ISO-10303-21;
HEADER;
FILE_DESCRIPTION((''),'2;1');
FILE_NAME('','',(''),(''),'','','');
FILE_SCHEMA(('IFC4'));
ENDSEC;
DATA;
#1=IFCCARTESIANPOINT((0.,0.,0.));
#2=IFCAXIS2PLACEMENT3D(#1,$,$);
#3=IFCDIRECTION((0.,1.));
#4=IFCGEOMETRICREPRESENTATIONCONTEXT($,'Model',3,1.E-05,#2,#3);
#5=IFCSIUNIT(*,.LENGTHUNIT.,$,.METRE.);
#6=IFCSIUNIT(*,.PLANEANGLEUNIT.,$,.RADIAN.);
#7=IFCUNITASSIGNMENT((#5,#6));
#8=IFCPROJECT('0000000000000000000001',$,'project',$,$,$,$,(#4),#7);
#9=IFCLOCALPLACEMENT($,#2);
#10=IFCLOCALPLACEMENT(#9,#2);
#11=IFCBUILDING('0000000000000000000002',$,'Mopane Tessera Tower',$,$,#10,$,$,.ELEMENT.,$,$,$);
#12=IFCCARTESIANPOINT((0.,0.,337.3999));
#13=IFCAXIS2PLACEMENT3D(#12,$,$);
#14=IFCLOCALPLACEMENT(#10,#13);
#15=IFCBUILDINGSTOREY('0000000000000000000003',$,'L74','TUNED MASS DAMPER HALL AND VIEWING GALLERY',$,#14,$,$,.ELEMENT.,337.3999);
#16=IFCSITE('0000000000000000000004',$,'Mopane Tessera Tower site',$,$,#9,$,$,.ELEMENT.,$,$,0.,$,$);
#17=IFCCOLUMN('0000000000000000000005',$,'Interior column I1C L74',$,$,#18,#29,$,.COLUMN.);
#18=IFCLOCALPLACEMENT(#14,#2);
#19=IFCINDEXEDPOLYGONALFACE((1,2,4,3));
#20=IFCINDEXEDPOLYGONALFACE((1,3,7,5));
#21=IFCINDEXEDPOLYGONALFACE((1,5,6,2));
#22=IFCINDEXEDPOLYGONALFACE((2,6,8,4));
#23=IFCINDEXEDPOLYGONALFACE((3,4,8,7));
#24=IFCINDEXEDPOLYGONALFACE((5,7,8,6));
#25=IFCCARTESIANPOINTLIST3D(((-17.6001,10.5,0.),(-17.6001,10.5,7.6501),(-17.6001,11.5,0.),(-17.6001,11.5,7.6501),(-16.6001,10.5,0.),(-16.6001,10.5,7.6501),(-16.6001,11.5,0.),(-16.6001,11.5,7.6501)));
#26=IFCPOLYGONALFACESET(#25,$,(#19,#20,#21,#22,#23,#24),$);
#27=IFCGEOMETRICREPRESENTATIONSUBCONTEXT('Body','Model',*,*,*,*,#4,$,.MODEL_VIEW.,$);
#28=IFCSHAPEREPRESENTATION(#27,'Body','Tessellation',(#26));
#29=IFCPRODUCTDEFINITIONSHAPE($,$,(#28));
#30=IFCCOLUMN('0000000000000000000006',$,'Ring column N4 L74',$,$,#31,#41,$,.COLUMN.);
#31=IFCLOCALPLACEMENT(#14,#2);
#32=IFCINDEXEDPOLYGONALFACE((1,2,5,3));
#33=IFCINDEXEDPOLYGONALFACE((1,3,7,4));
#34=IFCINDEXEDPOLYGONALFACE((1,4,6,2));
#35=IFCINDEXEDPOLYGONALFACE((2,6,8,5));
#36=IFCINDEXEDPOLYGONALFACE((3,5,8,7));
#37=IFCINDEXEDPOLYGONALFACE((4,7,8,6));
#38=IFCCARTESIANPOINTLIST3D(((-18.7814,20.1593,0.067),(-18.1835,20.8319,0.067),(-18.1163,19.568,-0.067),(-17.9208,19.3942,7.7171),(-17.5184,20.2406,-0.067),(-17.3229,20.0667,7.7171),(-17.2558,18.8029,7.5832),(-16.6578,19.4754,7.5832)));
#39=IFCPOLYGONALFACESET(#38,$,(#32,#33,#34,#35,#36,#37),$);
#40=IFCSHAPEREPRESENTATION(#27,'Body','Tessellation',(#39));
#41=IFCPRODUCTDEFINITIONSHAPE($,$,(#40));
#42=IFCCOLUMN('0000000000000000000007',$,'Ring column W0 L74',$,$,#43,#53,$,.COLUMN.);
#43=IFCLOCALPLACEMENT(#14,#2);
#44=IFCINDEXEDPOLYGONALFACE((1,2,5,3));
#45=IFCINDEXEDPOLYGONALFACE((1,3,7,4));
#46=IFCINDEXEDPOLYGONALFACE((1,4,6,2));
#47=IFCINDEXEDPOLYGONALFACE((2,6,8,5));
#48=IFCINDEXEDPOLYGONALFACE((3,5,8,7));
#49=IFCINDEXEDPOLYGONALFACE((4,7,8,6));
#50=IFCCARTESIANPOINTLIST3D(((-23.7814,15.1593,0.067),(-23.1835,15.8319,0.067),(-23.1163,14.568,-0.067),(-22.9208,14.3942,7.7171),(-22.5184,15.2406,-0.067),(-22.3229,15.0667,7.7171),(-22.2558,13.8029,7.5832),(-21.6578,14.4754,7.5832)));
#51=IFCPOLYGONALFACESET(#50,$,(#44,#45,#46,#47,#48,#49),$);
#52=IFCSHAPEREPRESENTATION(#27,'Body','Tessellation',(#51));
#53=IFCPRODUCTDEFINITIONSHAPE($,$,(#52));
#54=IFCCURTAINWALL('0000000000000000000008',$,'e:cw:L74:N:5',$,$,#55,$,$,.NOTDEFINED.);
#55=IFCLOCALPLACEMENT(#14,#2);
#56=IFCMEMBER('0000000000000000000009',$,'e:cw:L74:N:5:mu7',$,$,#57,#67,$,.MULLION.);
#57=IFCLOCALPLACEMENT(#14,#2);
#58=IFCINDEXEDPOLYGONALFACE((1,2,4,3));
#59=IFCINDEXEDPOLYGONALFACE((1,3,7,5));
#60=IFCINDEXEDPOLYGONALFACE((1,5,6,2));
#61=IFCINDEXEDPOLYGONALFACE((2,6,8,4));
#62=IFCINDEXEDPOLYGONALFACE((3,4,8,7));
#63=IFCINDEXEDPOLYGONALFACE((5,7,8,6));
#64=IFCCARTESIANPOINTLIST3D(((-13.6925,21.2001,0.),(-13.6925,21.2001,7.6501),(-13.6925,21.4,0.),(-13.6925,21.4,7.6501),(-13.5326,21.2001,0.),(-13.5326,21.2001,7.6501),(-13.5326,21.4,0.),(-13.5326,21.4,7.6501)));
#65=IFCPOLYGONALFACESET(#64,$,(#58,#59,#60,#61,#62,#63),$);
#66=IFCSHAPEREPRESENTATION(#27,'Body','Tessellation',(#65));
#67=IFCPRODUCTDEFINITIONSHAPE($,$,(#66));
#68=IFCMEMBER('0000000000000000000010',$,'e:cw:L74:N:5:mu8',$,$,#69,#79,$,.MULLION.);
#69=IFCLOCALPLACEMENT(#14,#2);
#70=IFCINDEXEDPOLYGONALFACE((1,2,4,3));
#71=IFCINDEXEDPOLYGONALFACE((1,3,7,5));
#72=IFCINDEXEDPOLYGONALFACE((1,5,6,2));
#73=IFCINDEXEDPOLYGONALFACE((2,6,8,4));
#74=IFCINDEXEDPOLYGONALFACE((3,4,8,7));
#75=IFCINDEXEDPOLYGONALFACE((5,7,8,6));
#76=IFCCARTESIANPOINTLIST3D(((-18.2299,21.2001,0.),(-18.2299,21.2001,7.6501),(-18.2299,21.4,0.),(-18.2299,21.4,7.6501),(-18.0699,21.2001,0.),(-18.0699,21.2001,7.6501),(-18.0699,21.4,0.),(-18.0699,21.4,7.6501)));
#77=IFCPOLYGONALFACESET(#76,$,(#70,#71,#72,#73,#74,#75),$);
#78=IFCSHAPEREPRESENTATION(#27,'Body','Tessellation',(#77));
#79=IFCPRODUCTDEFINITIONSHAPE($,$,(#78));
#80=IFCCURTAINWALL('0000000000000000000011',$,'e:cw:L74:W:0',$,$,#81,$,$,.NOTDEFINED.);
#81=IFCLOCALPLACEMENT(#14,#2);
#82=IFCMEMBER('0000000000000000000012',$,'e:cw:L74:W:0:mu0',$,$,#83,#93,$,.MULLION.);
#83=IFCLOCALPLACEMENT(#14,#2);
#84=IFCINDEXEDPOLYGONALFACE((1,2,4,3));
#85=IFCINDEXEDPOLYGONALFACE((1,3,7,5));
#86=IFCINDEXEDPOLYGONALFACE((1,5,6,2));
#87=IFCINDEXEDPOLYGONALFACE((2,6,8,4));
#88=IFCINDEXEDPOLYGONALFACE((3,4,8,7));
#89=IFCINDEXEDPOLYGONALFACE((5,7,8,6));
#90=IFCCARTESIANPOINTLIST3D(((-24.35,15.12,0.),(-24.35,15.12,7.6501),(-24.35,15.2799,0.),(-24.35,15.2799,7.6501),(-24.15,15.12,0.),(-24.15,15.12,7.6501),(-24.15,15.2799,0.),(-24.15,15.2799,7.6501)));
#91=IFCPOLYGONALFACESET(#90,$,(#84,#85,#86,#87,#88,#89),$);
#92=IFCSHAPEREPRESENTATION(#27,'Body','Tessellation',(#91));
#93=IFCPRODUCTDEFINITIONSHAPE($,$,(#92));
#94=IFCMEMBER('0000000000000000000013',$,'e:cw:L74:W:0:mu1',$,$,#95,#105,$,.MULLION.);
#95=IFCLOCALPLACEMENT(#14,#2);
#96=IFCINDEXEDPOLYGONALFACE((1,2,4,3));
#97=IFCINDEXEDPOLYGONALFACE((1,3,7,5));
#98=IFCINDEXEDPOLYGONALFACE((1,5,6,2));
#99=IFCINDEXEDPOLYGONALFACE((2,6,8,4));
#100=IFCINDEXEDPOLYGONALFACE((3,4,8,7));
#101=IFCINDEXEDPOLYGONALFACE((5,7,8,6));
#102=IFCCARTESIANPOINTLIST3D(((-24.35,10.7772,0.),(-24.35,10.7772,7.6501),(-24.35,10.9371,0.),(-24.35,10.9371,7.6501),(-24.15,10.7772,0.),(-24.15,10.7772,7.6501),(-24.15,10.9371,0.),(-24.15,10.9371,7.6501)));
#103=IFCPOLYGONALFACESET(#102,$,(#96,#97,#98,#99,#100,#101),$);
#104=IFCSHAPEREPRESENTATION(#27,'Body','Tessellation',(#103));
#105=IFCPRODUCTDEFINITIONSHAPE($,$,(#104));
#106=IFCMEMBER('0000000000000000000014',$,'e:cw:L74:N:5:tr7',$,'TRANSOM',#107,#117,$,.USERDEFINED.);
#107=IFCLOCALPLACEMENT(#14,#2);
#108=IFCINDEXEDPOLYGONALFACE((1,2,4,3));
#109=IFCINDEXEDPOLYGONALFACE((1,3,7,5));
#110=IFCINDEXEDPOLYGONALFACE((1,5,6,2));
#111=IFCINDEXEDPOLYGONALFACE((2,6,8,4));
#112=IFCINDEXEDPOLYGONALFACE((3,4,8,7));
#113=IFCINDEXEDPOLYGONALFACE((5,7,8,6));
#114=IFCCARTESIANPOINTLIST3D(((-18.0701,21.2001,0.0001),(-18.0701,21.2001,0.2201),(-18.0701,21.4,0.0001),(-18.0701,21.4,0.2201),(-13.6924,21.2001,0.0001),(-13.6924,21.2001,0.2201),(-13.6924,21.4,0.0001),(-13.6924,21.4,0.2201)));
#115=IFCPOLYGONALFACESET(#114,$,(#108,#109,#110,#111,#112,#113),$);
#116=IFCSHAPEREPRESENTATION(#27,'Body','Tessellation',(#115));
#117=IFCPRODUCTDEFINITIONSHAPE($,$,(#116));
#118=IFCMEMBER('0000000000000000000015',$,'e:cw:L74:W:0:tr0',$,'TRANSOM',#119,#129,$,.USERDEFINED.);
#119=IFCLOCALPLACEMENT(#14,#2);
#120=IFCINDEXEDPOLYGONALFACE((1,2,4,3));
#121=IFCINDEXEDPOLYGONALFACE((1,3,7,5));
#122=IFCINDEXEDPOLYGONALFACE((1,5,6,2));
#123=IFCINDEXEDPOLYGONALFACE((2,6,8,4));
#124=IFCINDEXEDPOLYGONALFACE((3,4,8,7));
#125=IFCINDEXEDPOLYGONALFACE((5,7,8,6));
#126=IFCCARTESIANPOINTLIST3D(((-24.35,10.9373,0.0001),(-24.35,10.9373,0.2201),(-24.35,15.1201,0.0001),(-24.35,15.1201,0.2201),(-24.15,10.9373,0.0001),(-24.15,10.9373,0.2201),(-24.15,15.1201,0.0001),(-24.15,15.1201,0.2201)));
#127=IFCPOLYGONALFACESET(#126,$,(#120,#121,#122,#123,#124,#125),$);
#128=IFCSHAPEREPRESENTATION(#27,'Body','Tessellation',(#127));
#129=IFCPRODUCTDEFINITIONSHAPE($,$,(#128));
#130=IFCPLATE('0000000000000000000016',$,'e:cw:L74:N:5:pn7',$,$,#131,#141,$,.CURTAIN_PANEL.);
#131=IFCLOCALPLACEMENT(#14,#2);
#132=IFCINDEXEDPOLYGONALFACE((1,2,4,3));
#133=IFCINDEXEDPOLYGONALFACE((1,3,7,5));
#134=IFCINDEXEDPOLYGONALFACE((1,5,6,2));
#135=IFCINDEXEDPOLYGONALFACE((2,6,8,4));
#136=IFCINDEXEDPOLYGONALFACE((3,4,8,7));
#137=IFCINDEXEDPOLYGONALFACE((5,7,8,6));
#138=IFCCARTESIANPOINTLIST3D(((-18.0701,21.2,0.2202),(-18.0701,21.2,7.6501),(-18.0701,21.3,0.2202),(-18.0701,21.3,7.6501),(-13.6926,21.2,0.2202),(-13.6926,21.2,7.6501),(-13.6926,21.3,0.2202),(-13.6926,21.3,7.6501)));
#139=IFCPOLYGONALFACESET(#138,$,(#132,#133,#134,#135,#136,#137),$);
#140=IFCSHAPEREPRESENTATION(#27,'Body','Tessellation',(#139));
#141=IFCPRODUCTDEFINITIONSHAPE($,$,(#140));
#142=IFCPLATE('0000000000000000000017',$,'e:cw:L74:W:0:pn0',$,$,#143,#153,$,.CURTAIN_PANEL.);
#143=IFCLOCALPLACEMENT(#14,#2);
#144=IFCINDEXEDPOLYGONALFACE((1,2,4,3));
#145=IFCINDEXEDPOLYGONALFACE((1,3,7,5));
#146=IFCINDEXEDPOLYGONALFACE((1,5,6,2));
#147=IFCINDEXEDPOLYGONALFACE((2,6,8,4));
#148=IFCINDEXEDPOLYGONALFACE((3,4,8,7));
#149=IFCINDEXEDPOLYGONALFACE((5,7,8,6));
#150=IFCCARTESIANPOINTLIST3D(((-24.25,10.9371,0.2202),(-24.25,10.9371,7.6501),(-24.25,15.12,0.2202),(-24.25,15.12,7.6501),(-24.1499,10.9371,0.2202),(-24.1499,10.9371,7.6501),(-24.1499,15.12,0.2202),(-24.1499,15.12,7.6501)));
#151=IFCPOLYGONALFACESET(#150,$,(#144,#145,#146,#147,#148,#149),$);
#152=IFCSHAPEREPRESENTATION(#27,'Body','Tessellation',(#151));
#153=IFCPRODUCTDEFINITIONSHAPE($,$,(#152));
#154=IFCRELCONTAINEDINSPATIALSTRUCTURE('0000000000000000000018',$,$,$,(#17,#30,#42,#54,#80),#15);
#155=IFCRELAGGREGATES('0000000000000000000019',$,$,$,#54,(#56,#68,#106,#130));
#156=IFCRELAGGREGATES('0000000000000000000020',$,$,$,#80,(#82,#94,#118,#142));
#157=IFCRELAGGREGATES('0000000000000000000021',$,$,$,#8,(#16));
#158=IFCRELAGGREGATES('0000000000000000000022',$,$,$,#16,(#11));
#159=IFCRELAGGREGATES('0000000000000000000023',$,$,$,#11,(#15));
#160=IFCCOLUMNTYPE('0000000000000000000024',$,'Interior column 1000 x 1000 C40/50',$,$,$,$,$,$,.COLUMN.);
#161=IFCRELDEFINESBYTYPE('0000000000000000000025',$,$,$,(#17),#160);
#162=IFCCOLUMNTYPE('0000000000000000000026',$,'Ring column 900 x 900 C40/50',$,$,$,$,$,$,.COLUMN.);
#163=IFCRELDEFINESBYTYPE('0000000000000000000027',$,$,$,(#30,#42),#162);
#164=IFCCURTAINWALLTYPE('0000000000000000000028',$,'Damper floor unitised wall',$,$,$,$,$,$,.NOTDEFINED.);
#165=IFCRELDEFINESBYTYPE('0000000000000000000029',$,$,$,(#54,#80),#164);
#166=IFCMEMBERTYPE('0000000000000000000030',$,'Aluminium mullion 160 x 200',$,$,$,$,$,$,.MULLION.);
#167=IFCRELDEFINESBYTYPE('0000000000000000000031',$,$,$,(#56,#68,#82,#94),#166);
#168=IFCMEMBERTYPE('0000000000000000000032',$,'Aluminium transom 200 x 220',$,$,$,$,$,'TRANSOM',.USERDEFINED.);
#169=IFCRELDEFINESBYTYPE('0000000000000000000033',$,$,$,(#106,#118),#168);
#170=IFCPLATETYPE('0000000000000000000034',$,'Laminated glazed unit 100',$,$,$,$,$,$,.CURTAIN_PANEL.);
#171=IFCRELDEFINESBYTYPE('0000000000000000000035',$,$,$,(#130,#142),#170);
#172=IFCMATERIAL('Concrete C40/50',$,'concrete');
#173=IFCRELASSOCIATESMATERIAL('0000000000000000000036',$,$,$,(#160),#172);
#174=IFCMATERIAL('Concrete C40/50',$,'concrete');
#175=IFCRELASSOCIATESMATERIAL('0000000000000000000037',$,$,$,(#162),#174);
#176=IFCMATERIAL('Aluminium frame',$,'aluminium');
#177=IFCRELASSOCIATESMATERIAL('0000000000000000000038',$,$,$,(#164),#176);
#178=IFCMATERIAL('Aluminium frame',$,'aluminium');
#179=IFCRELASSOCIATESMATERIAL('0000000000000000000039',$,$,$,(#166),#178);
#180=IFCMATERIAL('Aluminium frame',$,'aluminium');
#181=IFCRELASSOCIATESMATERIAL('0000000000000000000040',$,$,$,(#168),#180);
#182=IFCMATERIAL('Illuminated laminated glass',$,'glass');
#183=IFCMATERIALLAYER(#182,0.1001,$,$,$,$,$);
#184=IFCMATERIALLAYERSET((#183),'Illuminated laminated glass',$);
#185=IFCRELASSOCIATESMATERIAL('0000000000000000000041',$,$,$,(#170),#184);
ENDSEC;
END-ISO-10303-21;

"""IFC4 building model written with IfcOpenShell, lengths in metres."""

from ifc_helpers import new_model, si_unit, direction, frame, origin, origin_2d, place, context, subcontext, project, spatial, rectangle, extrude, material, layer, layer_set, material_profile, profile_set, type_object, element, aggregate, save


model = new_model("IFC4")

# Units and contexts
model_context = context("Model", 3, precision=1e-05, world=origin(), true_north=direction((0.0, 1.0)))
body_context = subcontext(model_context, "Body", "Model", "MODEL_VIEW")
ifc_project = project(units=[si_unit("LENGTHUNIT", "METRE"), si_unit("PLANEANGLEUNIT", "RADIAN")], contexts=[model_context])

# Site, building, storey
site_placement = place(None, origin())
site = spatial("IfcSite", under=ifc_project, at=site_placement, Name="Mopane Tessera Tower site", CompositionType="ELEMENT", RefElevation=0.0)
building_placement = place(site_placement, origin())
building = spatial("IfcBuilding", under=site, at=building_placement, Name="Mopane Tessera Tower", CompositionType="ELEMENT")
storey_placement = place(building_placement, frame((0.0, 0.0, 337.3999)))
storey = spatial("IfcBuildingStorey", under=building, at=storey_placement, Name="L74", Description="TUNED MASS DAMPER HALL AND VIEWING GALLERY", CompositionType="ELEMENT", Elevation=337.3999)

# Columns
ifc_material_1 = material(Name="Concrete C40/50", Category="concrete")
ifc_material_profile_1 = material_profile(ifc_material_1, rectangle(XDim=1.0, YDim=1.0, at=origin_2d()))
ifc_profile_set_1 = profile_set([ifc_material_profile_1], Name="Concrete C40/50")
column_type_1 = type_object("IfcColumnType", Name="Interior column 1000 x 1000 C40/50", PredefinedType="COLUMN", material=ifc_profile_set_1)
column_placement = place(storey_placement, frame((-17.1001, 11.0, 0.0), z_axis=(0.0, 0.0, 1.0), x_axis=(1.0, 0.0, 0.0)))
element("IfcColumn", 1, at=column_placement, inside=storey, type_object=column_type_1, Name="Interior column I1C L74", PredefinedType="COLUMN", context=body_context, shape_type="SweptSolid", body=[
    extrude(rectangle(XDim=1.0, YDim=1.0, at=origin_2d()), origin(), (0.0, 0.0, 1.0), 7.6501),
])
ifc_material_2 = material(Name="Concrete C40/50", Category="concrete")
ifc_material_profile_2 = material_profile(ifc_material_2, rectangle(XDim=0.8999, YDim=0.8999, at=origin_2d()))
ifc_profile_set_2 = profile_set([ifc_material_profile_2], Name="Concrete C40/50")
column_type_2 = type_object("IfcColumnType", Name="Ring column 900 x 900 C40/50", PredefinedType="COLUMN", material=ifc_profile_set_2)
for number, where, z_axis, x_axis, name in (
    (2, (-18.1499, 20.2, 0.0), (0.111241, -0.098902, 0.98886), (0.664443, 0.747339, 0.0), "Ring column N4 L74"),
    (3, (-23.1499, 15.2, 0.0), (0.111241, -0.098902, 0.98886), (0.664443, 0.747339, 0.0), "Ring column W0 L74"),
):
    element("IfcColumn", number, at=place(storey_placement, frame(where, z_axis=z_axis, x_axis=x_axis)), inside=storey, type_object=column_type_2, Name=name, PredefinedType="COLUMN", context=body_context, shape_type="SweptSolid", body=[
        extrude(rectangle(XDim=0.8999, YDim=0.8999, at=origin_2d()), origin(), (0.0, 0.0, 1.0), 7.7363),
    ])

# Curtain walls, members
ifc_material_3 = material(Name="Aluminium frame", Category="aluminium")
curtain_wall_type = type_object("IfcCurtainWallType", Name="Damper floor unitised wall", PredefinedType="NOTDEFINED", material=ifc_material_3)
curtain_wall_1_placement = place(storey_placement, origin())
curtain_wall_1 = element("IfcCurtainWall", 4, at=curtain_wall_1_placement, inside=storey, type_object=curtain_wall_type, Name="e:cw:L74:N:5", PredefinedType="NOTDEFINED")
ifc_material_4 = material(Name="Aluminium frame", Category="aluminium")
ifc_material_profile_3 = material_profile(ifc_material_4, rectangle(XDim=0.1599, YDim=0.2, at=origin_2d()))
ifc_profile_set_3 = profile_set([ifc_material_profile_3], Name="Aluminium frame")
member_type_1 = type_object("IfcMemberType", Name="Aluminium mullion 160 x 200", PredefinedType="MULLION", material=ifc_profile_set_3)
member_1_placement = place(storey_placement, frame((-13.6125, 21.3, 0.0), z_axis=(0.0, 0.0, 1.0), x_axis=(-1.0, 0.0, 0.0)))
member_1 = element("IfcMember", 5, at=member_1_placement, type_object=member_type_1, Name="e:cw:L74:N:5:mu7", PredefinedType="MULLION", context=body_context, shape_type="SweptSolid", body=[
    extrude(rectangle(XDim=0.1599, YDim=0.2, at=origin_2d()), origin(), (0.0, 0.0, 1.0), 7.6501),
])
member_2_placement = place(storey_placement, frame((-18.1499, 21.3, 0.0), z_axis=(0.0, 0.0, 1.0), x_axis=(-1.0, 0.0, 0.0)))
member_2 = element("IfcMember", 6, at=member_2_placement, type_object=member_type_1, Name="e:cw:L74:N:5:mu8", PredefinedType="MULLION", context=body_context, shape_type="SweptSolid", body=[
    extrude(rectangle(XDim=0.1599, YDim=0.2, at=origin_2d()), origin(), (0.0, 0.0, 1.0), 7.6501),
])
curtain_wall_2_placement = place(storey_placement, origin())
curtain_wall_2 = element("IfcCurtainWall", 7, at=curtain_wall_2_placement, inside=storey, type_object=curtain_wall_type, Name="e:cw:L74:W:0", PredefinedType="NOTDEFINED")
member_3_placement = place(storey_placement, frame((-24.25, 15.2, 0.0), z_axis=(0.0, 0.0, 1.0), x_axis=(0.0, -1.0, 0.0)))
member_3 = element("IfcMember", 8, at=member_3_placement, type_object=member_type_1, Name="e:cw:L74:W:0:mu0", PredefinedType="MULLION", context=body_context, shape_type="SweptSolid", body=[
    extrude(rectangle(XDim=0.1599, YDim=0.2, at=origin_2d()), origin(), (0.0, 0.0, 1.0), 7.6501),
])
member_4_placement = place(storey_placement, frame((-24.25, 10.8572, 0.0), z_axis=(0.0, 0.0, 1.0), x_axis=(0.0, -1.0, 0.0)))
member_4 = element("IfcMember", 9, at=member_4_placement, type_object=member_type_1, Name="e:cw:L74:W:0:mu1", PredefinedType="MULLION", context=body_context, shape_type="SweptSolid", body=[
    extrude(rectangle(XDim=0.1599, YDim=0.2, at=origin_2d()), origin(), (0.0, 0.0, 1.0), 7.6501),
])

# Members
ifc_material_5 = material(Name="Aluminium frame", Category="aluminium")
ifc_material_profile_4 = material_profile(ifc_material_5, rectangle(XDim=0.2, YDim=0.22, at=origin_2d()))
ifc_profile_set_4 = profile_set([ifc_material_profile_4], Name="Aluminium frame")
member_type_2 = type_object("IfcMemberType", Name="Aluminium transom 200 x 220", ElementType="TRANSOM", PredefinedType="USERDEFINED", material=ifc_profile_set_4)
member_5_placement = place(storey_placement, frame((-13.6924, 21.3, 0.1101), z_axis=(-1.0, 0.0, 0.0), x_axis=(0.0, -1.0, 0.0)))
member_5 = element("IfcMember", 10, at=member_5_placement, type_object=member_type_2, Name="e:cw:L74:N:5:tr7", ObjectType="TRANSOM", PredefinedType="USERDEFINED", context=body_context, shape_type="SweptSolid", body=[
    extrude(rectangle(XDim=0.2, YDim=0.22, at=origin_2d()), origin(), (0.0, 0.0, 1.0), 4.3777),
])
member_6_placement = place(storey_placement, frame((-24.25, 15.1201, 0.1101), z_axis=(0.0, -1.0, 0.0), x_axis=(1.0, 0.0, 0.0)))
member_6 = element("IfcMember", 11, at=member_6_placement, type_object=member_type_2, Name="e:cw:L74:W:0:tr0", ObjectType="TRANSOM", PredefinedType="USERDEFINED", context=body_context, shape_type="SweptSolid", body=[
    extrude(rectangle(XDim=0.2, YDim=0.22, at=origin_2d()), origin(), (0.0, 0.0, 1.0), 4.1829),
])

# Plates
ifc_material_6 = material(Name="Illuminated laminated glass", Category="glass")
ifc_layer_1 = layer(ifc_material_6, 0.1001)
ifc_layer_set_1 = layer_set([ifc_layer_1], Name="Illuminated laminated glass")
plate_type = type_object("IfcPlateType", Name="Laminated glazed unit 100", PredefinedType="CURTAIN_PANEL", material=ifc_layer_set_1)
plate_1_placement = place(storey_placement, frame((-15.8813, 21.25, 0.2202), z_axis=(0.0, 0.0, 1.0), x_axis=(-1.0, 0.0, 0.0)))
plate_1 = element("IfcPlate", 12, at=plate_1_placement, type_object=plate_type, Name="e:cw:L74:N:5:pn7", PredefinedType="CURTAIN_PANEL", context=body_context, shape_type="SweptSolid", body=[
    extrude(rectangle(XDim=4.3774, YDim=0.1001, at=origin_2d()), origin(), (0.0, 0.0, 1.0), 7.4299),
])
aggregate(curtain_wall_1, [member_1, member_2, member_5, plate_1])
plate_2_placement = place(storey_placement, frame((-24.2, 13.0286, 0.2202), z_axis=(0.0, 0.0, 1.0), x_axis=(0.0, -1.0, 0.0)))
plate_2 = element("IfcPlate", 13, at=plate_2_placement, type_object=plate_type, Name="e:cw:L74:W:0:pn0", PredefinedType="CURTAIN_PANEL", context=body_context, shape_type="SweptSolid", body=[
    extrude(rectangle(XDim=4.1829, YDim=0.1001, at=origin_2d()), origin(), (0.0, 0.0, 1.0), 7.4299),
])
aggregate(curtain_wall_2, [member_3, member_4, member_6, plate_2])

save(model, "model.ifc")
